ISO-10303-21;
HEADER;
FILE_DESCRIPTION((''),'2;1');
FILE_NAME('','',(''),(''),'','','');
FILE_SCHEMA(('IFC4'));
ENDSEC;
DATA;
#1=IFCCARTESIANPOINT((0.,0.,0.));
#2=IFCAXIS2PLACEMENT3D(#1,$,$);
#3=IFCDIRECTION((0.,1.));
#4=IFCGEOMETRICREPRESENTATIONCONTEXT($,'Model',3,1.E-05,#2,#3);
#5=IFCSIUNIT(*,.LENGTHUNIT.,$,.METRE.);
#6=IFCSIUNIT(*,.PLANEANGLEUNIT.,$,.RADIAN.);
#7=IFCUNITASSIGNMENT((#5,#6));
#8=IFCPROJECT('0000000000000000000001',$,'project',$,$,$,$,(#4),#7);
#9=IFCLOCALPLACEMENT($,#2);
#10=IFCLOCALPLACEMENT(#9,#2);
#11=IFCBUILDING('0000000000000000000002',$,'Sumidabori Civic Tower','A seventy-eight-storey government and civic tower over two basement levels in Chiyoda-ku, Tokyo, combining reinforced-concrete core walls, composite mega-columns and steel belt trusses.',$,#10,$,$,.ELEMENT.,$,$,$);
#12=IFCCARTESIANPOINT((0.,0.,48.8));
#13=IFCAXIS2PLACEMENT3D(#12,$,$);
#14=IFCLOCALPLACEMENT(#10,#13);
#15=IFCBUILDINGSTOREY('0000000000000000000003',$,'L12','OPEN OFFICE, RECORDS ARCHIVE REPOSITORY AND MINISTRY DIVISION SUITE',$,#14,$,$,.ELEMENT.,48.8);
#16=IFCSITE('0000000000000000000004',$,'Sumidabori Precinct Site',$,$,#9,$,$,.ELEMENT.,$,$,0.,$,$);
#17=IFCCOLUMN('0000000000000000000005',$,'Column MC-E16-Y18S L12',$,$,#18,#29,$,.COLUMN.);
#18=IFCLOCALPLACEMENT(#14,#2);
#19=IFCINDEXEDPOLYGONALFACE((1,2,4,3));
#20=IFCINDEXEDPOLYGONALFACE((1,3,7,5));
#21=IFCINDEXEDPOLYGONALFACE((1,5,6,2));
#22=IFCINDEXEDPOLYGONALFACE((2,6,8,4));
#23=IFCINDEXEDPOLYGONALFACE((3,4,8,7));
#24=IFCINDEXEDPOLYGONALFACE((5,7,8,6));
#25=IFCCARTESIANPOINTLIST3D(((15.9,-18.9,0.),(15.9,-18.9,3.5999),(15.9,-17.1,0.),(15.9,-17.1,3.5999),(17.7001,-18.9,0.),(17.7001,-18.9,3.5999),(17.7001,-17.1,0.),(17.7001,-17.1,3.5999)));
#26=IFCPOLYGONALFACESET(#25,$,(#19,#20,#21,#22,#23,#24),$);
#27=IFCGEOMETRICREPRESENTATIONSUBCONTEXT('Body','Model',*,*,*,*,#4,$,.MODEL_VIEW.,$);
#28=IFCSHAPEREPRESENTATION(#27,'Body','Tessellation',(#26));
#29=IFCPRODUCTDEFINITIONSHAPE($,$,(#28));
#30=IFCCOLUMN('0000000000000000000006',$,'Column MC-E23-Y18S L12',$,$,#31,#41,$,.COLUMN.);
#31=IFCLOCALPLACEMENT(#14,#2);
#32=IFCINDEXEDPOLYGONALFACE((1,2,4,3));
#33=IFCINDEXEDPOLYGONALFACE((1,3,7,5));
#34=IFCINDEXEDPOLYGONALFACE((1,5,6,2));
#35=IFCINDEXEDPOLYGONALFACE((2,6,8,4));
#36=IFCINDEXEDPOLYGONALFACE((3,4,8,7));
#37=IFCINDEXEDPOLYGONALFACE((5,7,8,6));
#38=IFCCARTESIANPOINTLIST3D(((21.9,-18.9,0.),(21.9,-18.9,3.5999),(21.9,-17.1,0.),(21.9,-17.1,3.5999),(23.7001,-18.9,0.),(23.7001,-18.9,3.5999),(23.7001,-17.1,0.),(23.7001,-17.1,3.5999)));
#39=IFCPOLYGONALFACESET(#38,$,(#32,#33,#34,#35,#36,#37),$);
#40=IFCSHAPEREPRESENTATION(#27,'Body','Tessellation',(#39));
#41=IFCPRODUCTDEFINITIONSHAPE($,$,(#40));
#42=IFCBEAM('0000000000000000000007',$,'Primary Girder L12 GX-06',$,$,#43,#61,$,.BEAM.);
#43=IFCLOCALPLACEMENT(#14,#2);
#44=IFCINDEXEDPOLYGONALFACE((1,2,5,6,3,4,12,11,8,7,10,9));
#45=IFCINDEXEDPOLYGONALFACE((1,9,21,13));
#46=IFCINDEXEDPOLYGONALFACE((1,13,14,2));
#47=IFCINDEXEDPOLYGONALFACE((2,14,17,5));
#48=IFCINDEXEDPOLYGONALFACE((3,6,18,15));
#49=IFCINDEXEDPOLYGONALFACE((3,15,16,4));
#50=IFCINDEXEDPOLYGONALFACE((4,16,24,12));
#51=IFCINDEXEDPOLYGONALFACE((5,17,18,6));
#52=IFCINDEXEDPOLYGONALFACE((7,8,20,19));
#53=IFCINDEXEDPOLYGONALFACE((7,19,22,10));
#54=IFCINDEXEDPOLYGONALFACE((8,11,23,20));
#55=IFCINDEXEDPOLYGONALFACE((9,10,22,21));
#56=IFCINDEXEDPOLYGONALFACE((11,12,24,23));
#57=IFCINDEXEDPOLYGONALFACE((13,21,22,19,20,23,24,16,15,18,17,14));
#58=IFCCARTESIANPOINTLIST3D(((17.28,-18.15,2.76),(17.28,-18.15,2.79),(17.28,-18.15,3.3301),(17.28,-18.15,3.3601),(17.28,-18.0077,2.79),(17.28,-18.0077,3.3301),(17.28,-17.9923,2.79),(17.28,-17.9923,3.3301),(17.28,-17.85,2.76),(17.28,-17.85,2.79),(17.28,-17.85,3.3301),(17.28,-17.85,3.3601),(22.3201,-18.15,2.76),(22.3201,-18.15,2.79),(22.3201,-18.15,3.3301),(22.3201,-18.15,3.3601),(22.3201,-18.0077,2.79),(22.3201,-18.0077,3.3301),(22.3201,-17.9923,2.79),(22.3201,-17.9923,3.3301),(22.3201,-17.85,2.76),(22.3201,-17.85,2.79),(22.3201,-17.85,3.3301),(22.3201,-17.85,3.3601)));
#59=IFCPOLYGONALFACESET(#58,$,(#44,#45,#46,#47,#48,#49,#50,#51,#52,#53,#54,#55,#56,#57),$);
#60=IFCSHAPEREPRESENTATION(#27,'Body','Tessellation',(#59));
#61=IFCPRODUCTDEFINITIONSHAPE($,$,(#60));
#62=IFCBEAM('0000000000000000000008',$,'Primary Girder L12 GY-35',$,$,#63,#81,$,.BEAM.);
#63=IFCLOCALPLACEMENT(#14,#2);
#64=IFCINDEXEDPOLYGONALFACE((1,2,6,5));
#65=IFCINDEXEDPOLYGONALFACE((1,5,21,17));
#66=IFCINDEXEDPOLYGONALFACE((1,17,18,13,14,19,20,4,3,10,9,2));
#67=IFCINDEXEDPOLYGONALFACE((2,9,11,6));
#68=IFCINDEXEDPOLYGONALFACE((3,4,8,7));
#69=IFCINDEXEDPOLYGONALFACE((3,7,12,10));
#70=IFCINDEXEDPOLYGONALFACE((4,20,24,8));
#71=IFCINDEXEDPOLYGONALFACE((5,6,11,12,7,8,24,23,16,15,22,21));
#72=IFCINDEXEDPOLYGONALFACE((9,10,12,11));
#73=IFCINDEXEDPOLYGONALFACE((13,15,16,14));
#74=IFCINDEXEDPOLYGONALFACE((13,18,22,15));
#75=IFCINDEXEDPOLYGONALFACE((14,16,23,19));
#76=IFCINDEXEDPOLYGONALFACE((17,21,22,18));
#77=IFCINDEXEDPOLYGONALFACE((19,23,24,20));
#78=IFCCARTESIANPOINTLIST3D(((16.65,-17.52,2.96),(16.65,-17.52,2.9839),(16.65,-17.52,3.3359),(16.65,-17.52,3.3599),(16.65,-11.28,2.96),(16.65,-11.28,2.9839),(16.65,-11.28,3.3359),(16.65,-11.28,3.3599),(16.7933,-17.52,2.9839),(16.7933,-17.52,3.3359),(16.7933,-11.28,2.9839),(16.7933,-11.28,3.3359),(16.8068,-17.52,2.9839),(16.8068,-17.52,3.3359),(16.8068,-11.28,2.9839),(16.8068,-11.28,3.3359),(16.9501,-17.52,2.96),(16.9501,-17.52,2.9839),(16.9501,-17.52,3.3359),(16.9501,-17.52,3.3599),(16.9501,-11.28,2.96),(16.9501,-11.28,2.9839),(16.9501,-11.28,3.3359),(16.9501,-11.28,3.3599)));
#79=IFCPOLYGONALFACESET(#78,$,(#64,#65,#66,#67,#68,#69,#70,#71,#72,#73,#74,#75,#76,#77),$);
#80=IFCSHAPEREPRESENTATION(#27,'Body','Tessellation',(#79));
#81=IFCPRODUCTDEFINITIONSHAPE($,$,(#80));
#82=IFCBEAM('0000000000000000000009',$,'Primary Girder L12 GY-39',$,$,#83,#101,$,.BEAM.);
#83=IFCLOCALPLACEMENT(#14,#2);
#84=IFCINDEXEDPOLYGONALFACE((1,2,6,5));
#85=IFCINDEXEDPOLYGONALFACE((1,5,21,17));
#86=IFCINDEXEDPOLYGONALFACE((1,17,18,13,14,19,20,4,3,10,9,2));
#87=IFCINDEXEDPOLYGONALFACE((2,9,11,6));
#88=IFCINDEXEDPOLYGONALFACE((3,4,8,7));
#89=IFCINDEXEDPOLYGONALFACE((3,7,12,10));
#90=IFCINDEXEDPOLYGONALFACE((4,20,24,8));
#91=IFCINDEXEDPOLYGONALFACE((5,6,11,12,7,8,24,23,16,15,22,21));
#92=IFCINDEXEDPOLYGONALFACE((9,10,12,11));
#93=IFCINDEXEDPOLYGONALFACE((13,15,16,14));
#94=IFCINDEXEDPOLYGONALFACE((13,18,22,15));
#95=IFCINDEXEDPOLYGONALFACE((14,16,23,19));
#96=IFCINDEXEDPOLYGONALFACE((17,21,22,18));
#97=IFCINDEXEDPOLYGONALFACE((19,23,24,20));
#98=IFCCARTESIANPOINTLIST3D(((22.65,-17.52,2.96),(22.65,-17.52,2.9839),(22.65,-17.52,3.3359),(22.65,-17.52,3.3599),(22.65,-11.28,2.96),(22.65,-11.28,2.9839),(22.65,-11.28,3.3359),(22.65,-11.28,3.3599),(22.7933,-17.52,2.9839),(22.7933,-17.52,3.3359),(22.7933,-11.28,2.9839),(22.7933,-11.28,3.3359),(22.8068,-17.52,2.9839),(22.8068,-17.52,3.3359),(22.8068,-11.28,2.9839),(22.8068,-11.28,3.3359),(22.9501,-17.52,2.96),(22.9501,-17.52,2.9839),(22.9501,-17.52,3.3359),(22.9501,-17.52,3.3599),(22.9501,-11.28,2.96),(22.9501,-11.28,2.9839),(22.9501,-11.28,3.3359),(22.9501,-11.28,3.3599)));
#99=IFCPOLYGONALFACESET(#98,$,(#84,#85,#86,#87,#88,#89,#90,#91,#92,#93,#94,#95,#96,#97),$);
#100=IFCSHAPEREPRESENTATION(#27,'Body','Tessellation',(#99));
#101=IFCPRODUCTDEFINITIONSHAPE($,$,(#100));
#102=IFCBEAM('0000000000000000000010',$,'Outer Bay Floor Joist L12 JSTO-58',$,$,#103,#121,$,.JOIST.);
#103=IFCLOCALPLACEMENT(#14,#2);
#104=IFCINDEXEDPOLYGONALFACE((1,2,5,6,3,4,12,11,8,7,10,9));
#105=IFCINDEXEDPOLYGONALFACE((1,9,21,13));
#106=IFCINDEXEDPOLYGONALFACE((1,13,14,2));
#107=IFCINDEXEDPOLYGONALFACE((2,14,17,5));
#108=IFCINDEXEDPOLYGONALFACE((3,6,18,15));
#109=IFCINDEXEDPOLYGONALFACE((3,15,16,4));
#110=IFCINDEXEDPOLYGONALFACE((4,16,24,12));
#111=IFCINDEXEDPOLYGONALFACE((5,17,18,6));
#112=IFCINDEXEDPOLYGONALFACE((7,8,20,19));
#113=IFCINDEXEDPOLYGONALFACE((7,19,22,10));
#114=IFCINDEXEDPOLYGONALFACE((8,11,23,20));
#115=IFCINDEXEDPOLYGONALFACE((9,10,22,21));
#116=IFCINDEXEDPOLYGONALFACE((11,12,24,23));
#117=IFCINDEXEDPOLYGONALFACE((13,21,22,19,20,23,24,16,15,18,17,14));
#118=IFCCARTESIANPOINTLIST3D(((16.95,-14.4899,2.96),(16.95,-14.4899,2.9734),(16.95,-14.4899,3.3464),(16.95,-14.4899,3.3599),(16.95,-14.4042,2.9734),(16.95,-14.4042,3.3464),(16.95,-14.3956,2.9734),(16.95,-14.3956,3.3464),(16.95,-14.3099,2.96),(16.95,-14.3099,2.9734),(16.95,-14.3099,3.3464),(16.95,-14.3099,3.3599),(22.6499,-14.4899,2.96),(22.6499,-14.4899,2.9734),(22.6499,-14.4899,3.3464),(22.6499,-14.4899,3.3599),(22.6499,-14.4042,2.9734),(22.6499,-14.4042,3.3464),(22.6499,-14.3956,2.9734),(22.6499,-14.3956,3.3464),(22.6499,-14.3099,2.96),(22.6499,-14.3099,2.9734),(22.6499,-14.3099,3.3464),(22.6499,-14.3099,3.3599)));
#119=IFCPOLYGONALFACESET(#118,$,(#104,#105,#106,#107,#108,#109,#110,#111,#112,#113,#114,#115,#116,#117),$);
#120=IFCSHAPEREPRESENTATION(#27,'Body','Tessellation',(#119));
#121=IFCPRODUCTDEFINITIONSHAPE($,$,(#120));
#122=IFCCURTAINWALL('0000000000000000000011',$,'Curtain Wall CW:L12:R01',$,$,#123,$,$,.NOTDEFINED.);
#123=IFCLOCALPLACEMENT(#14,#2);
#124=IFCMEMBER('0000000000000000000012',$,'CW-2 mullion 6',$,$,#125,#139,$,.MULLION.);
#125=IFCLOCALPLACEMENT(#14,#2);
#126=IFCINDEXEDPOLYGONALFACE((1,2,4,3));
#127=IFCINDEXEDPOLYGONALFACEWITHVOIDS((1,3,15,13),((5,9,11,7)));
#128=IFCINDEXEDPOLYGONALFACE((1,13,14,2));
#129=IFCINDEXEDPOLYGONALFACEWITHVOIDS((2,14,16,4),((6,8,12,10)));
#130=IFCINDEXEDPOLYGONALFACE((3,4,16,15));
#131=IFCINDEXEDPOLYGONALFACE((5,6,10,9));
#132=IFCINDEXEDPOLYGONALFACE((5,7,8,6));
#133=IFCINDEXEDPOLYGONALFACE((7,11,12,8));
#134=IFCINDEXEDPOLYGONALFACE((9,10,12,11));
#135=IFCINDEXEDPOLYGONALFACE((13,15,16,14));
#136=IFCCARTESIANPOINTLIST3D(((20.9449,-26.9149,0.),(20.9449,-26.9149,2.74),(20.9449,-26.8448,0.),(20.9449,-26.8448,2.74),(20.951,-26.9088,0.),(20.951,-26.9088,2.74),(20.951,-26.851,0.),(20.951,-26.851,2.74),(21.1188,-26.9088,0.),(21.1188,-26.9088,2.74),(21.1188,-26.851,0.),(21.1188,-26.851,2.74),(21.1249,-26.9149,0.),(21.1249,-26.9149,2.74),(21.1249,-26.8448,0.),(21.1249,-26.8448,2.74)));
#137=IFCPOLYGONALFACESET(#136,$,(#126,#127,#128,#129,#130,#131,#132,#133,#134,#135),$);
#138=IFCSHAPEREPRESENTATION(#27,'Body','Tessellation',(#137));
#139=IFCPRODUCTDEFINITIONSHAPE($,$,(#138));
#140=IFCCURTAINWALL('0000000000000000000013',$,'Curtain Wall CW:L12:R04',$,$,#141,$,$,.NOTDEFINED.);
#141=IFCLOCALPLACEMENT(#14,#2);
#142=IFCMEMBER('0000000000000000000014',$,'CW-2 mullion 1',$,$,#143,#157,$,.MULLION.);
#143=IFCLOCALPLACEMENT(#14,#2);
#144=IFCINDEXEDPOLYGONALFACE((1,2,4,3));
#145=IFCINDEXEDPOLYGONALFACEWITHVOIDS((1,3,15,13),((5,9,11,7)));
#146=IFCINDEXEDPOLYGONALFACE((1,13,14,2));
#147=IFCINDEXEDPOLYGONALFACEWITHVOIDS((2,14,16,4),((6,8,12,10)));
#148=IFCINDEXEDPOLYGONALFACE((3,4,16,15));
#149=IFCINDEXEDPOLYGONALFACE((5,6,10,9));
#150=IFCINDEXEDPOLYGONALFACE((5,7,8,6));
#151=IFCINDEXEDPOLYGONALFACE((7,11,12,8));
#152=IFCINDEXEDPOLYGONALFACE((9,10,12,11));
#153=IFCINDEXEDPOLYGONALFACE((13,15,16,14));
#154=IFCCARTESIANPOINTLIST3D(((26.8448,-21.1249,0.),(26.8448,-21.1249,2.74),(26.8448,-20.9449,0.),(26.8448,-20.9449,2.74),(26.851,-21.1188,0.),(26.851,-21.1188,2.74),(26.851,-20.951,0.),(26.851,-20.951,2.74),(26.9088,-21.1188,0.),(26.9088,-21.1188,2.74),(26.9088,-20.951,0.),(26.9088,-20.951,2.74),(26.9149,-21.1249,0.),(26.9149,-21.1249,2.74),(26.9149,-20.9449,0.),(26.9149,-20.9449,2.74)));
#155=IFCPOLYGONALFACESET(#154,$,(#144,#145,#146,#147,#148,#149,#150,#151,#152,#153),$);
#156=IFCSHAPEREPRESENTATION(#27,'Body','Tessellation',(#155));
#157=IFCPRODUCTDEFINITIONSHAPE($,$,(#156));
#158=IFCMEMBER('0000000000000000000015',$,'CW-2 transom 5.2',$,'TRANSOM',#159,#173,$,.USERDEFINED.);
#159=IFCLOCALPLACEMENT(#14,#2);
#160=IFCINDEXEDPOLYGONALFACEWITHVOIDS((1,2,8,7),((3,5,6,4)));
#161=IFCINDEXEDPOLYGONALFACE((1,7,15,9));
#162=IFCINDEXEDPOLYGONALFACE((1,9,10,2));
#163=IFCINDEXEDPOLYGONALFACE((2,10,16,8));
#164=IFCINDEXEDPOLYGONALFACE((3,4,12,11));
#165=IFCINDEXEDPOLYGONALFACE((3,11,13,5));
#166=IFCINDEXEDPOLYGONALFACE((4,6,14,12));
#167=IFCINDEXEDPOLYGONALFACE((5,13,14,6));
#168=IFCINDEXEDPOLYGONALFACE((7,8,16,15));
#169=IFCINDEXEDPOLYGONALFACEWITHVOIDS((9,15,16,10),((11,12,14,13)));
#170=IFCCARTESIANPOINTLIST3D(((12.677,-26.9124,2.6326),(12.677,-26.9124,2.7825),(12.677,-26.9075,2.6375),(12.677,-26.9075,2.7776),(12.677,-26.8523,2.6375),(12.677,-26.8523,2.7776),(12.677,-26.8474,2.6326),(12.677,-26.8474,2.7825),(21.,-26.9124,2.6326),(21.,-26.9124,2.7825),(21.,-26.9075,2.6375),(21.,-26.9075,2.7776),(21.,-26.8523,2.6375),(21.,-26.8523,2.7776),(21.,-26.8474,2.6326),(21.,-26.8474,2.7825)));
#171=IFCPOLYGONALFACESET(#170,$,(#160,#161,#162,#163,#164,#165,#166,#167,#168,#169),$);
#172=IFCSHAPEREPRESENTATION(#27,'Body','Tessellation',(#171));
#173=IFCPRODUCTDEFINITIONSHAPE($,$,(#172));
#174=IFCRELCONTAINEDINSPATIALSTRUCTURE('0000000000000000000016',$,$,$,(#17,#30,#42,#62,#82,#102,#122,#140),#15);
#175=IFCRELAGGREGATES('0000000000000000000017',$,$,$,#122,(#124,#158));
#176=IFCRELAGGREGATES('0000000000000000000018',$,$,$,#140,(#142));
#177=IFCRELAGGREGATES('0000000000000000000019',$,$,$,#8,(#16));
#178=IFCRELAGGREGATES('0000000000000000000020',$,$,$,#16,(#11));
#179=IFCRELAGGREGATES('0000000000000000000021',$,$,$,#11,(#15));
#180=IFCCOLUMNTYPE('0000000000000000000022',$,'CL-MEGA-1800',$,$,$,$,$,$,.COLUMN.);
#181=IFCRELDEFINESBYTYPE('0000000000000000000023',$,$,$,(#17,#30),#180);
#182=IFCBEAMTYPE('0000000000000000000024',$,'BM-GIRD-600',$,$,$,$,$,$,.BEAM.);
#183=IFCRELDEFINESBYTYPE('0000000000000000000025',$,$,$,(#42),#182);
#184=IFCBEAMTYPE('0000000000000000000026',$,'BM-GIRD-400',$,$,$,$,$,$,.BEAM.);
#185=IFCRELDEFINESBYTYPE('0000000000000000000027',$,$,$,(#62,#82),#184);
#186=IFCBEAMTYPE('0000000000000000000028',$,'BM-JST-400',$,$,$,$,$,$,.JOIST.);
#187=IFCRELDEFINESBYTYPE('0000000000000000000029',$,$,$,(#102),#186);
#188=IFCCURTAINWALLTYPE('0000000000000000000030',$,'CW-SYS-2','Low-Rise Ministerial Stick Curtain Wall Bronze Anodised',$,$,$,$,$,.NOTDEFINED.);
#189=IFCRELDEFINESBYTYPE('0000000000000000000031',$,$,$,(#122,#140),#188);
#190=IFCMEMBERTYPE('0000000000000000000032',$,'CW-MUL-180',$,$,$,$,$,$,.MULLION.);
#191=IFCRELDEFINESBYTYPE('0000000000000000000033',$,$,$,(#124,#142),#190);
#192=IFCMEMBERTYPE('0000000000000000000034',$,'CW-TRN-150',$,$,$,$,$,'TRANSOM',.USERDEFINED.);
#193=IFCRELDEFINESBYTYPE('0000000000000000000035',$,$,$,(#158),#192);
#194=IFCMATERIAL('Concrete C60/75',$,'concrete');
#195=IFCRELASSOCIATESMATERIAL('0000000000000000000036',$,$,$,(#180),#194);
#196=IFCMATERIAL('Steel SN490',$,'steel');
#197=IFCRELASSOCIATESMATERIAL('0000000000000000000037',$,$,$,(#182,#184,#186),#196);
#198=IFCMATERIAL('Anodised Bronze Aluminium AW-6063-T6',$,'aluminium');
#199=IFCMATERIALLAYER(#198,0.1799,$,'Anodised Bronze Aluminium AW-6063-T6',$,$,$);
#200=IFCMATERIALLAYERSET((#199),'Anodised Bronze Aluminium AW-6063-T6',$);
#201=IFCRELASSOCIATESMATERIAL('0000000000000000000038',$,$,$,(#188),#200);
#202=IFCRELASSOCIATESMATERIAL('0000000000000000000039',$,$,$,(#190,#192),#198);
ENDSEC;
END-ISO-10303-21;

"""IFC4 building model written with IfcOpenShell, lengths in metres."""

from ifc_helpers import new_model, si_unit, direction, frame, origin, origin_2d, place, context, subcontext, project, spatial, rectangle, hollow_rectangle, i_section, extrude, source, transform, mapped, material, layer, layer_set, material_profile, profile_set, type_object, element, aggregate, save


model = new_model("IFC4")

# Units and contexts
model_context = context("Model", 3, precision=1e-05, world=origin(), true_north=direction((0.0, 1.0)))
body_context = subcontext(model_context, "Body", "Model", "MODEL_VIEW")
ifc_project = project(units=[si_unit("LENGTHUNIT", "METRE"), si_unit("PLANEANGLEUNIT", "RADIAN")], contexts=[model_context])

# Site, building, storey
site_placement = place(None, origin())
site = spatial("IfcSite", under=ifc_project, at=site_placement, Name="Sumidabori Precinct Site", CompositionType="ELEMENT", RefElevation=0.0)
building_placement = place(site_placement, origin())
building = spatial("IfcBuilding", under=site, at=building_placement, Name="Sumidabori Civic Tower", Description="A seventy-eight-storey government and civic tower over two basement levels in Chiyoda-ku, Tokyo, combining reinforced-concrete core walls, composite mega-columns and steel belt trusses.", CompositionType="ELEMENT")
storey_placement = place(building_placement, frame((0.0, 0.0, 48.8)))
storey = spatial("IfcBuildingStorey", under=building, at=storey_placement, Name="L12", Description="OPEN OFFICE, RECORDS ARCHIVE REPOSITORY AND MINISTRY DIVISION SUITE", CompositionType="ELEMENT", Elevation=48.8)

# Columns
ifc_material_1 = material(Name="Concrete C60/75", Category="concrete")
ifc_material_profile_1 = material_profile(ifc_material_1, rectangle(XDim=1.8, YDim=1.8, at=origin_2d()), Name="RC 1800x1800")
ifc_profile_set_1 = profile_set([ifc_material_profile_1], Name="Concrete C60/75")
column_type = type_object("IfcColumnType", Name="CL-MEGA-1800", PredefinedType="COLUMN", material=ifc_profile_set_1)
shared_shape_1 = source(origin(), body_context, "Body", "SweptSolid", [
    extrude(rectangle(XDim=1.8, YDim=1.8, at=origin_2d()), origin(), (0.0, 0.0, 1.0), 3.5999),
])
for number, where, z_axis, x_axis, name in (
    (1, (16.8, -18.0, 0.0), (0.0, 0.0, 1.0), (1.0, 0.0, 0.0), "Column MC-E16-Y18S L12"),
    (2, (22.8, -18.0, 0.0), (0.0, 0.0, 1.0), (1.0, 0.0, 0.0), "Column MC-E23-Y18S L12"),
):
    element("IfcColumn", number, at=place(storey_placement, frame(where, z_axis=z_axis, x_axis=x_axis)), inside=storey, type_object=column_type, Name=name, PredefinedType="COLUMN", context=body_context, shape_type="MappedRepresentation", body=[
        mapped(shared_shape_1, transform((0.0, 0.0, 0.0), x_axis=(1.0, 0.0, 0.0), y_axis=(0.0, 1.0, 0.0), z_axis=(0.0, 0.0, 1.0), scale=1.0)),
    ])

# Beams
ifc_material_2 = material(Name="Steel SN490", Category="steel")
ifc_material_profile_2 = material_profile(ifc_material_2, i_section(OverallWidth=0.3, OverallDepth=0.6001, WebThickness=0.0154, FlangeThickness=0.03, at=origin_2d()), Name="HE 600 B")
ifc_profile_set_2 = profile_set([ifc_material_profile_2], Name="Steel SN490")
beam_type_1 = type_object("IfcBeamType", Name="BM-GIRD-600", PredefinedType="BEAM", material=ifc_profile_set_2)
shared_shape_2 = source(origin(), body_context, "Body", "SweptSolid", [
    extrude(i_section(OverallWidth=0.3, OverallDepth=0.6001, WebThickness=0.0154, FlangeThickness=0.03, at=origin_2d()), origin(), (0.0, 0.0, 1.0), 5.04),
])
beam_1_placement = place(storey_placement, frame((17.28, -18.0, 3.0601), z_axis=(1.0, 0.0, 0.0), x_axis=(0.0, 1.0, 0.0)))
element("IfcBeam", 3, at=beam_1_placement, inside=storey, type_object=beam_type_1, Name="Primary Girder L12 GX-06", PredefinedType="BEAM", context=body_context, shape_type="MappedRepresentation", body=[
    mapped(shared_shape_2, transform((0.0, 0.0, 0.0), x_axis=(1.0, 0.0, 0.0), y_axis=(0.0, 1.0, 0.0), z_axis=(0.0, 0.0, 1.0), scale=1.0)),
])
ifc_material_profile_3 = material_profile(ifc_material_2, i_section(OverallWidth=0.3, OverallDepth=0.3999, WebThickness=0.0134, FlangeThickness=0.0239, at=origin_2d()), Name="HE 400 B")
ifc_profile_set_3 = profile_set([ifc_material_profile_3], Name="Steel SN490")
beam_type_2 = type_object("IfcBeamType", Name="BM-GIRD-400", PredefinedType="BEAM", material=ifc_profile_set_3)
shared_shape_3 = source(origin(), body_context, "Body", "SweptSolid", [
    extrude(i_section(OverallWidth=0.3, OverallDepth=0.3999, WebThickness=0.0134, FlangeThickness=0.0239, at=origin_2d()), origin(), (0.0, 0.0, 1.0), 6.24),
])
for number, where, z_axis, x_axis, name in (
    (4, (16.8, -17.52, 3.1599), (0.0, 1.0, 0.0), (-1.0, 0.0, 0.0), "Primary Girder L12 GY-35"),
    (5, (22.8, -17.52, 3.1599), (0.0, 1.0, 0.0), (-1.0, 0.0, 0.0), "Primary Girder L12 GY-39"),
):
    element("IfcBeam", number, at=place(storey_placement, frame(where, z_axis=z_axis, x_axis=x_axis)), inside=storey, type_object=beam_type_2, Name=name, PredefinedType="BEAM", context=body_context, shape_type="MappedRepresentation", body=[
        mapped(shared_shape_3, transform((0.0, 0.0, 0.0), x_axis=(1.0, 0.0, 0.0), y_axis=(0.0, 1.0, 0.0), z_axis=(0.0, 0.0, 1.0), scale=1.0)),
    ])
ifc_material_profile_4 = material_profile(ifc_material_2, i_section(OverallWidth=0.1799, OverallDepth=0.3999, WebThickness=0.0085, FlangeThickness=0.0134, at=origin_2d()), Name="IPE 400")
ifc_profile_set_4 = profile_set([ifc_material_profile_4], Name="Steel SN490")
beam_type_3 = type_object("IfcBeamType", Name="BM-JST-400", PredefinedType="JOIST", material=ifc_profile_set_4)
shared_shape_4 = source(origin(), body_context, "Body", "SweptSolid", [
    extrude(i_section(OverallWidth=0.1799, OverallDepth=0.3999, WebThickness=0.0085, FlangeThickness=0.0134, at=origin_2d()), origin(), (0.0, 0.0, 1.0), 5.7),
])
beam_2_placement = place(storey_placement, frame((16.95, -14.3999, 3.1599), z_axis=(1.0, 0.0, 0.0), x_axis=(0.0, 1.0, 0.0)))
element("IfcBeam", 6, at=beam_2_placement, inside=storey, type_object=beam_type_3, Name="Outer Bay Floor Joist L12 JSTO-58", PredefinedType="JOIST", context=body_context, shape_type="MappedRepresentation", body=[
    mapped(shared_shape_4, transform((0.0, 0.0, 0.0), x_axis=(1.0, 0.0, 0.0), y_axis=(0.0, 1.0, 0.0), z_axis=(0.0, 0.0, 1.0), scale=1.0)),
])

# Curtain walls, members
ifc_material_3 = material(Name="Anodised Bronze Aluminium AW-6063-T6", Category="aluminium")
ifc_layer_1 = layer(ifc_material_3, 0.1799, Name="Anodised Bronze Aluminium AW-6063-T6")
ifc_layer_set_1 = layer_set([ifc_layer_1], Name="Anodised Bronze Aluminium AW-6063-T6")
curtain_wall_type = type_object("IfcCurtainWallType", Name="CW-SYS-2", Description="Low-Rise Ministerial Stick Curtain Wall Bronze Anodised", PredefinedType="NOTDEFINED", material=ifc_layer_set_1)
curtain_wall_1_placement = place(storey_placement, origin())
curtain_wall_1 = element("IfcCurtainWall", 7, at=curtain_wall_1_placement, inside=storey, type_object=curtain_wall_type, Name="Curtain Wall CW:L12:R01", PredefinedType="NOTDEFINED")
ifc_material_profile_5 = material_profile(ifc_material_3, hollow_rectangle(XDim=0.0701, YDim=0.1799, WallThickness=0.0061, at=origin_2d()), Name="ALU MULLION 180x70")
ifc_profile_set_5 = profile_set([ifc_material_profile_5], Name="Anodised Bronze Aluminium AW-6063-T6")
member_type_1 = type_object("IfcMemberType", Name="CW-MUL-180", PredefinedType="MULLION", material=ifc_profile_set_5)
shared_shape_5 = source(origin(), body_context, "Body", "SweptSolid", [
    extrude(hollow_rectangle(XDim=0.0701, YDim=0.1799, WallThickness=0.0061, at=origin_2d()), origin(), (0.0, 0.0, 1.0), 2.74),
])
member_1_placement = place(storey_placement, frame((21.0349, -26.8799, 0.0), z_axis=(0.0, 0.0, 1.0), x_axis=(0.0, 1.0, 0.0)))
member_1 = element("IfcMember", 8, at=member_1_placement, type_object=member_type_1, Name="CW-2 mullion 6", PredefinedType="MULLION", context=body_context, shape_type="MappedRepresentation", body=[
    mapped(shared_shape_5, transform((0.0, 0.0, 0.0), x_axis=(1.0, 0.0, 0.0), y_axis=(0.0, 1.0, 0.0), z_axis=(0.0, 0.0, 1.0), scale=1.0)),
])
curtain_wall_2_placement = place(storey_placement, origin())
curtain_wall_2 = element("IfcCurtainWall", 9, at=curtain_wall_2_placement, inside=storey, type_object=curtain_wall_type, Name="Curtain Wall CW:L12:R04", PredefinedType="NOTDEFINED")
member_2_placement = place(storey_placement, frame((26.8799, -21.0349, 0.0), z_axis=(0.0, 0.0, 1.0), x_axis=(-1.0, 0.0, 0.0)))
member_2 = element("IfcMember", 10, at=member_2_placement, type_object=member_type_1, Name="CW-2 mullion 1", PredefinedType="MULLION", context=body_context, shape_type="MappedRepresentation", body=[
    mapped(shared_shape_5, transform((0.0, 0.0, 0.0), x_axis=(1.0, 0.0, 0.0), y_axis=(0.0, 1.0, 0.0), z_axis=(0.0, 0.0, 1.0), scale=1.0)),
])

# Member
ifc_material_profile_6 = material_profile(ifc_material_3, hollow_rectangle(XDim=0.0649, YDim=0.1499, WallThickness=0.0049, at=origin_2d()), Name="ALU TRANSOM 150x65")
ifc_profile_set_6 = profile_set([ifc_material_profile_6], Name="Anodised Bronze Aluminium AW-6063-T6")
member_type_2 = type_object("IfcMemberType", Name="CW-TRN-150", ElementType="TRANSOM", PredefinedType="USERDEFINED", material=ifc_profile_set_6)
shared_shape_6 = source(origin(), body_context, "Body", "SweptSolid", [
    extrude(hollow_rectangle(XDim=0.0649, YDim=0.1499, WallThickness=0.0049, at=origin_2d()), origin(), (0.0, 0.0, 1.0), 8.323),
])
member_3_placement = place(storey_placement, frame((12.677, -26.8799, 2.7075), z_axis=(1.0, 0.0, 0.0), x_axis=(0.0, 1.0, 0.0)))
member_3 = element("IfcMember", 11, at=member_3_placement, type_object=member_type_2, Name="CW-2 transom 5.2", ObjectType="TRANSOM", PredefinedType="USERDEFINED", context=body_context, shape_type="MappedRepresentation", body=[
    mapped(shared_shape_6, transform((0.0, 0.0, 0.0), x_axis=(1.0, 0.0, 0.0), y_axis=(0.0, 1.0, 0.0), z_axis=(0.0, 0.0, 1.0), scale=1.0)),
])

aggregate(curtain_wall_1, [member_1, member_3])
aggregate(curtain_wall_2, [member_2])

save(model, "model.ifc")
